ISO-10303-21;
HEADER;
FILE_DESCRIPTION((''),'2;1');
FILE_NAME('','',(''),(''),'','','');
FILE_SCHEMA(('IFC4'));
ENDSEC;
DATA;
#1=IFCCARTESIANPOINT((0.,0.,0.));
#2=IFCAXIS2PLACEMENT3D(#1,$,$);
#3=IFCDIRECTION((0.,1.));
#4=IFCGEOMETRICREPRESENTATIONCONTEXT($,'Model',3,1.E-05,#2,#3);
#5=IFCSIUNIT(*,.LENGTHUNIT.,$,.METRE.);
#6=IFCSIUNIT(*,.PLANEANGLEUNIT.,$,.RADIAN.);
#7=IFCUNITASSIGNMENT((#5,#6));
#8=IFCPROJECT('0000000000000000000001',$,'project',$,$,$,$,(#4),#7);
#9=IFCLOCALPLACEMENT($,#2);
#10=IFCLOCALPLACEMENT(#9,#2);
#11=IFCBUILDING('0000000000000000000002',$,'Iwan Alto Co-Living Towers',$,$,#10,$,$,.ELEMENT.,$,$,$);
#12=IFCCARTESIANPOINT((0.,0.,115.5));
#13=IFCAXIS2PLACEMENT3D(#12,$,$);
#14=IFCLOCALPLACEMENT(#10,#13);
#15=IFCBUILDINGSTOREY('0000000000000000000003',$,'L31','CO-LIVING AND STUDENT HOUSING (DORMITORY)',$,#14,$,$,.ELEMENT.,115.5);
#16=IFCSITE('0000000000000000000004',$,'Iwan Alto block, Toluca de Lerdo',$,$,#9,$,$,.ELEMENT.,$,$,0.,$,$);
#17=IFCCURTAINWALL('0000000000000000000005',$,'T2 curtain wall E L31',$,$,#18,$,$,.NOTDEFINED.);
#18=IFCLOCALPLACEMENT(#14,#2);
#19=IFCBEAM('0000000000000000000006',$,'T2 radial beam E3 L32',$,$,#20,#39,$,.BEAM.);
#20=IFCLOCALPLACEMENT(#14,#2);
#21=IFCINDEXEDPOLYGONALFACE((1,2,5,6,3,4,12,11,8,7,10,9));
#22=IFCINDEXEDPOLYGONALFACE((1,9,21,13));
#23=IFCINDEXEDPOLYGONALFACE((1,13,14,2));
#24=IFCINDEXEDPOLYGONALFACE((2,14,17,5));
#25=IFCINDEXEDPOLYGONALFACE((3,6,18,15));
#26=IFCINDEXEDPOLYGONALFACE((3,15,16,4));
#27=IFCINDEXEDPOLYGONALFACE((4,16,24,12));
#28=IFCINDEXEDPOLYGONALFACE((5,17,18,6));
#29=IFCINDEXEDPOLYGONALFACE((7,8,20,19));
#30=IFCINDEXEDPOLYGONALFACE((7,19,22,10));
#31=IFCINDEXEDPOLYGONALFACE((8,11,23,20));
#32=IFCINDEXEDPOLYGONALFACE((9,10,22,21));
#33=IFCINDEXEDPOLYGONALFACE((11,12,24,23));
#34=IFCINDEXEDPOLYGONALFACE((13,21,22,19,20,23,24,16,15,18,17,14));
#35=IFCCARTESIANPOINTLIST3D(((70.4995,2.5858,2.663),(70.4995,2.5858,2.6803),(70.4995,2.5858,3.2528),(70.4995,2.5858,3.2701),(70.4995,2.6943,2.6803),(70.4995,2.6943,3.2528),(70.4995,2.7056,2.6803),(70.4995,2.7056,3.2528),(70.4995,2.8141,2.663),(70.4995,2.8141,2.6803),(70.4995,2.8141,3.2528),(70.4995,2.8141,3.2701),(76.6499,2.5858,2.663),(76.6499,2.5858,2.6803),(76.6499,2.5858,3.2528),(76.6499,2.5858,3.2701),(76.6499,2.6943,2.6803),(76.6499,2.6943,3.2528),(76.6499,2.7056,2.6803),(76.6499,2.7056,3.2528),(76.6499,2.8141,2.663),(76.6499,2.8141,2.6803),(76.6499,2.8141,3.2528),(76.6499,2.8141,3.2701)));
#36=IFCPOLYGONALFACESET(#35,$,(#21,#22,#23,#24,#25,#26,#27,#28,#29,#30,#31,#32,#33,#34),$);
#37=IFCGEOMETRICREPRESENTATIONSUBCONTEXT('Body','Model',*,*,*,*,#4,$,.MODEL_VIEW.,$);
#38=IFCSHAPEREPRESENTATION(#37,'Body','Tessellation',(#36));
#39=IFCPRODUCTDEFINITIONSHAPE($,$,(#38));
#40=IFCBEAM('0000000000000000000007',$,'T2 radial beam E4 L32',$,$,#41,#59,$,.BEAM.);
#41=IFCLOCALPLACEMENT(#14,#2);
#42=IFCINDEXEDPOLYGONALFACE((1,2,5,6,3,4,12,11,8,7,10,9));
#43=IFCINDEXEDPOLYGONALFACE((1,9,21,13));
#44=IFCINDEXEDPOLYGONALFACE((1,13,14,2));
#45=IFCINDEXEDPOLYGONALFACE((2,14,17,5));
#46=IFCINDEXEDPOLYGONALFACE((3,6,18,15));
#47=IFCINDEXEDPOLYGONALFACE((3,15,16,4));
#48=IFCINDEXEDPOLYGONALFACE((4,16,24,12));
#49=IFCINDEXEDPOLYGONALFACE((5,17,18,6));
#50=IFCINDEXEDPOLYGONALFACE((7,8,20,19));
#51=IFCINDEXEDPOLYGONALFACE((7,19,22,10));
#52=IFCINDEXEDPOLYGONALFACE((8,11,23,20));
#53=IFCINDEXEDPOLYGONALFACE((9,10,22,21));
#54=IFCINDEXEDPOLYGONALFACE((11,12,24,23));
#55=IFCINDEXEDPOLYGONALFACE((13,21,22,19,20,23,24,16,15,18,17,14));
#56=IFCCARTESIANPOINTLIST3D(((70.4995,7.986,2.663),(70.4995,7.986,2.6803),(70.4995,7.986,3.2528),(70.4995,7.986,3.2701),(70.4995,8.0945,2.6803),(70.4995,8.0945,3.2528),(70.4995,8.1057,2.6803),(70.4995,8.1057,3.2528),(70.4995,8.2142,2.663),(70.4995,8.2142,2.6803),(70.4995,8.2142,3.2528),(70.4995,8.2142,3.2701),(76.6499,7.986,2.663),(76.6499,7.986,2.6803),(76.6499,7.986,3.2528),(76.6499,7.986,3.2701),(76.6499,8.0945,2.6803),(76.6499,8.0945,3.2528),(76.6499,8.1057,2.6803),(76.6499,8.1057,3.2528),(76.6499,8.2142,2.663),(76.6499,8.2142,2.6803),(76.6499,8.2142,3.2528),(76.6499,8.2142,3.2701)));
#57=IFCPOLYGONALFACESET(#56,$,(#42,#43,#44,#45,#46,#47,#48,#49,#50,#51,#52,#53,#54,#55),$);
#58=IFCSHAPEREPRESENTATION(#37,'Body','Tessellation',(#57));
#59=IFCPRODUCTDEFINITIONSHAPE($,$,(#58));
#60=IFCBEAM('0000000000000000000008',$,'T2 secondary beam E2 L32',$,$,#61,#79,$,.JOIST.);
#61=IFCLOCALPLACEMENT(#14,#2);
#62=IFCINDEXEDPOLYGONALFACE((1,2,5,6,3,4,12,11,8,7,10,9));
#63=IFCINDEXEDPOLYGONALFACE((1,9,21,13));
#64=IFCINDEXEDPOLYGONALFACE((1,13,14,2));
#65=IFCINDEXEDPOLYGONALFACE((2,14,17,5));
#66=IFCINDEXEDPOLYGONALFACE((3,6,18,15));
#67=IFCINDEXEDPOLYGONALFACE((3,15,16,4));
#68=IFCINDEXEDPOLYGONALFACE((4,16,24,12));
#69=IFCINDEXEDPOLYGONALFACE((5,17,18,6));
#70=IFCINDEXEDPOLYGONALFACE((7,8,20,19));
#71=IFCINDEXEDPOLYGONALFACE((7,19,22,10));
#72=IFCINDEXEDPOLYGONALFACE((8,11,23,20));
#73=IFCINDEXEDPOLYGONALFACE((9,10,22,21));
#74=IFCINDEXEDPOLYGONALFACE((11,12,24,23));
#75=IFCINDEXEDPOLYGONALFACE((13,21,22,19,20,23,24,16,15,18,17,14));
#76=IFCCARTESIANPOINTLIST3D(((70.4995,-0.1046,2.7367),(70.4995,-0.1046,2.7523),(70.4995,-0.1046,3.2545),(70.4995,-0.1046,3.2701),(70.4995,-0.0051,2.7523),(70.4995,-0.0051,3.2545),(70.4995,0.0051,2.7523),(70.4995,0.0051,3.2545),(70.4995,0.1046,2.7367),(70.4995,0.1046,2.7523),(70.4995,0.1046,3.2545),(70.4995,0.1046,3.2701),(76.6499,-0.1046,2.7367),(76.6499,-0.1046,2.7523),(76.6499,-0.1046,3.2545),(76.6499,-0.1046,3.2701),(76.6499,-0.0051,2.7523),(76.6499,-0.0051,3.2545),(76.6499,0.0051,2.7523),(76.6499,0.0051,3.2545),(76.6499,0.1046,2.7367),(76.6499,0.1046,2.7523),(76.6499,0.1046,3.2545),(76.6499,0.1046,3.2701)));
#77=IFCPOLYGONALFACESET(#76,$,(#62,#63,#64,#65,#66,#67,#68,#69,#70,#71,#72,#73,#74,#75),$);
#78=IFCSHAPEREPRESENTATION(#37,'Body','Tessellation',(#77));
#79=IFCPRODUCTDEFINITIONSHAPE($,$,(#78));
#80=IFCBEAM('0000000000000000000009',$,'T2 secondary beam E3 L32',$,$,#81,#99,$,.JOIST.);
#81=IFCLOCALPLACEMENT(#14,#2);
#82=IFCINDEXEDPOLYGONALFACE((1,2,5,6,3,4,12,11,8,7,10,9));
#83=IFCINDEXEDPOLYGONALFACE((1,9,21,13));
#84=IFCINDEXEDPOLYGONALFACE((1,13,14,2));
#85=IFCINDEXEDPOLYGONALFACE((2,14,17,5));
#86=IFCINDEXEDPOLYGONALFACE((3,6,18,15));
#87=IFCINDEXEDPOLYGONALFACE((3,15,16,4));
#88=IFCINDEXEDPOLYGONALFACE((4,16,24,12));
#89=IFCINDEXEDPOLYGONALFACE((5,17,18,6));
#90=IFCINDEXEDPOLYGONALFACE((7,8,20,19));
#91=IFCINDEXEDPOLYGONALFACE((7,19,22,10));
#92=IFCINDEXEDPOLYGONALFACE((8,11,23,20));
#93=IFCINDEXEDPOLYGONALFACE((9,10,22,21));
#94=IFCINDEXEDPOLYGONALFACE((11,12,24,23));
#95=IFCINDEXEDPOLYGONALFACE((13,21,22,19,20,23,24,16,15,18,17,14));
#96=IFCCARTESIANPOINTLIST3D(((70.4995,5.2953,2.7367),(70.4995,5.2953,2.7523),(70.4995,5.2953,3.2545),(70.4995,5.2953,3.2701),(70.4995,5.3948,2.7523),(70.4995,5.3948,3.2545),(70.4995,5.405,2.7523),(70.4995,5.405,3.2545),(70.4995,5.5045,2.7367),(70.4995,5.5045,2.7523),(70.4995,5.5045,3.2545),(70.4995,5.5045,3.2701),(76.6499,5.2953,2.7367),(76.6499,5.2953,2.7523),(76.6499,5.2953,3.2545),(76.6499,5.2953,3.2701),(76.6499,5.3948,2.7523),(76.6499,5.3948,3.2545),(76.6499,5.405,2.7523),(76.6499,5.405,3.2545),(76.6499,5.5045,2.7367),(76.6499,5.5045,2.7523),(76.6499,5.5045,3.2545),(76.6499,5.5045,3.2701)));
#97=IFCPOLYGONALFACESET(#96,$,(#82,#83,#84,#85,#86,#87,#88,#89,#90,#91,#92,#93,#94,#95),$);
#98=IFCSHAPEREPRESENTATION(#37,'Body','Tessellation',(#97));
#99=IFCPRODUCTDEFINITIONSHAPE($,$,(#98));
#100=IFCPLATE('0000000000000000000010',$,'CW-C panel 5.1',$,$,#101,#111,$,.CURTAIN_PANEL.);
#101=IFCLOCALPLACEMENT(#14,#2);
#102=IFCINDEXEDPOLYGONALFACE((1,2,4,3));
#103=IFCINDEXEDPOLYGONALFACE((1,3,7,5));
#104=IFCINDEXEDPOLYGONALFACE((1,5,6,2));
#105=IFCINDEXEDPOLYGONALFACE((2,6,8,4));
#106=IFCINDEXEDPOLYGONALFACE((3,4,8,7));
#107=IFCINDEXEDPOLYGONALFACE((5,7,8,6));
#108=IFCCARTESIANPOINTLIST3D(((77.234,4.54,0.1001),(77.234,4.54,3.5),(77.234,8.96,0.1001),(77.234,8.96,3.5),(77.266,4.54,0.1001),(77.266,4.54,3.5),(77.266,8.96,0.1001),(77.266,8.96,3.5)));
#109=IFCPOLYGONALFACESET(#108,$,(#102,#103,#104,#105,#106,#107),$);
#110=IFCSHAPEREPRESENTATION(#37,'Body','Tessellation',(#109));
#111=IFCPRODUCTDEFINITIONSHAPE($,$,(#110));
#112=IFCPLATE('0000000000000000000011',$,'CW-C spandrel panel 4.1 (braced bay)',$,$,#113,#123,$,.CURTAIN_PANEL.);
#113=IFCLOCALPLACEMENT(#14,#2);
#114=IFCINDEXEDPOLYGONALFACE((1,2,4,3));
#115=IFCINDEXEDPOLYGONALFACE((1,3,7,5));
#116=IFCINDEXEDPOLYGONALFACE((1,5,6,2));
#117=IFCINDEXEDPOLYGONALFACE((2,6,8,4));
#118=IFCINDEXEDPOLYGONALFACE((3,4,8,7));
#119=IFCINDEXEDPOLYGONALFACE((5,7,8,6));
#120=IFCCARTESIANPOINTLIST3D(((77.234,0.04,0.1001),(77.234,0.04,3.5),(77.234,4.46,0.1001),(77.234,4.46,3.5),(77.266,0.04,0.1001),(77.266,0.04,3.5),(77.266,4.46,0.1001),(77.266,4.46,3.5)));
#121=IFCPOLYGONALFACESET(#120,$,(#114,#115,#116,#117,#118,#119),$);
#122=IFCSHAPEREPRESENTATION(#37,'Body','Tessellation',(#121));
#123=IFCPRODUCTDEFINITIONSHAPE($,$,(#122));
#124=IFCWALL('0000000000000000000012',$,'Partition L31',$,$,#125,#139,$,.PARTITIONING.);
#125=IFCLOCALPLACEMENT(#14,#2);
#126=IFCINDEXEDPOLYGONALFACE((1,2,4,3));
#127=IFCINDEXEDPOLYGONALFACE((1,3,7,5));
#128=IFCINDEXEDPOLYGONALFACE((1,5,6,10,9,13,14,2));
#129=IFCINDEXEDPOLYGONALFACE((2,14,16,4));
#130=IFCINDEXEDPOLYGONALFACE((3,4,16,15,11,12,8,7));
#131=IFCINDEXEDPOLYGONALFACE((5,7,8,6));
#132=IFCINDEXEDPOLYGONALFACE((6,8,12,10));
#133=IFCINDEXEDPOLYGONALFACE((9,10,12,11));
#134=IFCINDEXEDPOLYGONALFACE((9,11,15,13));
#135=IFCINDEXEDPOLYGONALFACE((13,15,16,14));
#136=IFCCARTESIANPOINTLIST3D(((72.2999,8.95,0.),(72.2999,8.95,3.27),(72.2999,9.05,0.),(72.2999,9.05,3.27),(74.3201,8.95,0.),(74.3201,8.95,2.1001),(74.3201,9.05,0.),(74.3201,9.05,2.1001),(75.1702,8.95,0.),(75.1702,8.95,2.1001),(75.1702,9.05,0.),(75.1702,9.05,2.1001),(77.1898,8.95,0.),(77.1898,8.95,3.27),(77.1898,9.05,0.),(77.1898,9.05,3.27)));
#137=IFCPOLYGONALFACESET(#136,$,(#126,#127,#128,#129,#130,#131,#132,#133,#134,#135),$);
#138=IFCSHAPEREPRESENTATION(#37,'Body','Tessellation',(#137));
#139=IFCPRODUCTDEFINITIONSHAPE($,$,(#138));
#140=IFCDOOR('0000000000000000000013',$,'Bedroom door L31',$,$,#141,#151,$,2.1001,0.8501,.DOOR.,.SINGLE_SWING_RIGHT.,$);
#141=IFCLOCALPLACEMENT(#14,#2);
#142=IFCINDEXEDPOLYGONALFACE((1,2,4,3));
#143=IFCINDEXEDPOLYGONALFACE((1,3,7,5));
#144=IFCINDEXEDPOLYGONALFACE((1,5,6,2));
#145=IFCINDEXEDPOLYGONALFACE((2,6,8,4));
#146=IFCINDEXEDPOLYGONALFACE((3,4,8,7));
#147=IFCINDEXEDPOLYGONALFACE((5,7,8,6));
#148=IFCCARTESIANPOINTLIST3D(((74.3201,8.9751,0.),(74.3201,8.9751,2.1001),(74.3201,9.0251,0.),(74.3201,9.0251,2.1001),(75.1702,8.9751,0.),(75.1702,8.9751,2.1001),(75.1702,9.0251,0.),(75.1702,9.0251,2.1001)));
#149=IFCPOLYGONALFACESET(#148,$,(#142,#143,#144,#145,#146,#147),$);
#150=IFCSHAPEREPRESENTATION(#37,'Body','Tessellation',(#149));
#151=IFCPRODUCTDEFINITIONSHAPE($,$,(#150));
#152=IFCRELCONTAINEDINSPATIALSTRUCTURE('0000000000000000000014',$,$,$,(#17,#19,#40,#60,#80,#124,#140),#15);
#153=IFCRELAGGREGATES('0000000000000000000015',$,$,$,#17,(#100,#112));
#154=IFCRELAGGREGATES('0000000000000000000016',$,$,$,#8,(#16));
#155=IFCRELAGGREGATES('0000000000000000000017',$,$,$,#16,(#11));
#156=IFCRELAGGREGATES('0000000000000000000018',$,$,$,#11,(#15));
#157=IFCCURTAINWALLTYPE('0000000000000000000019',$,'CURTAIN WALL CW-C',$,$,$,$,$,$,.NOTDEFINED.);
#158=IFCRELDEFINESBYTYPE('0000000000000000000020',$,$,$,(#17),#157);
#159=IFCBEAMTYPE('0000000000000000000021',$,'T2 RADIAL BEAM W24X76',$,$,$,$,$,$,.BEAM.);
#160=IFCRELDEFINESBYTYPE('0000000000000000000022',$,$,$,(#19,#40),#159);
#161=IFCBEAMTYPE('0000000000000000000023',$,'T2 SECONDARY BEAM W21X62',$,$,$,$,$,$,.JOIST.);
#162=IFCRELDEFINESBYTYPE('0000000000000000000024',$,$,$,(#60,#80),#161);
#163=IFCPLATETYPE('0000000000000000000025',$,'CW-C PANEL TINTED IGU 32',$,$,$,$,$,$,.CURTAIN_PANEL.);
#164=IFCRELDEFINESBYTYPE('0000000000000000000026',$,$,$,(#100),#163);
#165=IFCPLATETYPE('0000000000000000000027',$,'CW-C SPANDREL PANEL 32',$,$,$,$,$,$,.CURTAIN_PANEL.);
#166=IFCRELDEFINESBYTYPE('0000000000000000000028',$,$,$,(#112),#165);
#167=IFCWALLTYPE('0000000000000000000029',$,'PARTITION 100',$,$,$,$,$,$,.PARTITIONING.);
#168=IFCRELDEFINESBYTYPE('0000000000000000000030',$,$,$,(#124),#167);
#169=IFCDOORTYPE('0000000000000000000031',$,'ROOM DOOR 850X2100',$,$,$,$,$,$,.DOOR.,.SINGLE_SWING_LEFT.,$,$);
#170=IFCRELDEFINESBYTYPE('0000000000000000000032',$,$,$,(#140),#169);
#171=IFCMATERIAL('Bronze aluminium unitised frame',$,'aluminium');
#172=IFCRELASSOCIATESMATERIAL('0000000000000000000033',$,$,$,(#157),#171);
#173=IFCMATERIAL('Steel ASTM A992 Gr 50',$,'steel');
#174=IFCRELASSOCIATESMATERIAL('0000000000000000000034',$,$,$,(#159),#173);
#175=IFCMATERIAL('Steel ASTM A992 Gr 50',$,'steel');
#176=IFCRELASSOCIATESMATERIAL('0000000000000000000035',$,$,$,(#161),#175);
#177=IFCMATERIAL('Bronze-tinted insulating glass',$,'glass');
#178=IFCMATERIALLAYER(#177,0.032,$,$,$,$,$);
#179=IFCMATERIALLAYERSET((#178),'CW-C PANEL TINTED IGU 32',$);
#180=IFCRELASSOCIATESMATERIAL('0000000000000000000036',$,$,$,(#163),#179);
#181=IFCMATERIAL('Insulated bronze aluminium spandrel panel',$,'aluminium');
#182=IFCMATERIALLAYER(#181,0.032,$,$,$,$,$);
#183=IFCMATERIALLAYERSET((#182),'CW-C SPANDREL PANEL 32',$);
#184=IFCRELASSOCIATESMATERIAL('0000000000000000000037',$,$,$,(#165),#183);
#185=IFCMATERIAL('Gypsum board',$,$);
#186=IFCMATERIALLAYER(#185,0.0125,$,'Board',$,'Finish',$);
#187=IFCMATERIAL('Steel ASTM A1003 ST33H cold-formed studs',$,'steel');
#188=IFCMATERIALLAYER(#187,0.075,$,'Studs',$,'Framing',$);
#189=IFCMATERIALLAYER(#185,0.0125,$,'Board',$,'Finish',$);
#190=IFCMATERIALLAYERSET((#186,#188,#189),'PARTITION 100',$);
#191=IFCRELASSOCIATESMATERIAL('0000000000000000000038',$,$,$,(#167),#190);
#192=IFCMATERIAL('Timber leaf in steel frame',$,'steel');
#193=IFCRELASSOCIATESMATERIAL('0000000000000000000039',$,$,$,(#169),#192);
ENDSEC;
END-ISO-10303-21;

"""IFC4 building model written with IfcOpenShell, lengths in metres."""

from ifc_helpers import new_model, si_unit, direction, frame, frame_2d, origin, origin_2d, place, context, subcontext, project, spatial, rectangle, i_section, extrude, material, layer, layer_set, material_profile, profile_set, type_object, element, fill, aggregate, save


model = new_model("IFC4")

# Units and contexts
model_context = context("Model", 3, precision=1e-05, world=origin(), true_north=direction((0.0, 1.0)))
body_context = subcontext(model_context, "Body", "Model", "MODEL_VIEW")
ifc_project = project(units=[si_unit("LENGTHUNIT", "METRE"), si_unit("PLANEANGLEUNIT", "RADIAN")], contexts=[model_context])

# Site, building, storey
site_placement = place(None, origin())
site = spatial("IfcSite", under=ifc_project, at=site_placement, Name="Iwan Alto block, Toluca de Lerdo", CompositionType="ELEMENT", RefElevation=0.0)
building_placement = place(site_placement, origin())
building = spatial("IfcBuilding", under=site, at=building_placement, Name="Iwan Alto Co-Living Towers", CompositionType="ELEMENT")
storey_placement = place(building_placement, frame((0.0, 0.0, 115.5)))
storey = spatial("IfcBuildingStorey", under=building, at=storey_placement, Name="L31", Description="CO-LIVING AND STUDENT HOUSING (DORMITORY)", CompositionType="ELEMENT", Elevation=115.5)

# Curtain wall
ifc_material_1 = material(Name="Bronze aluminium unitised frame", Category="aluminium")
curtain_wall_type = type_object("IfcCurtainWallType", Name="CURTAIN WALL CW-C", PredefinedType="NOTDEFINED", material=ifc_material_1)
curtain_wall_placement = place(storey_placement, origin())
curtain_wall = element("IfcCurtainWall", 1, at=curtain_wall_placement, inside=storey, type_object=curtain_wall_type, Name="T2 curtain wall E L31", PredefinedType="NOTDEFINED")

# Beams
ifc_material_2 = material(Name="Steel ASTM A992 Gr 50", Category="steel")
ifc_material_profile_1 = material_profile(ifc_material_2, i_section(OverallWidth=0.2283, OverallDepth=0.6072, WebThickness=0.0112, FlangeThickness=0.0173, at=origin_2d()), Name="W24X76")
ifc_profile_set_1 = profile_set([ifc_material_profile_1], Name="Steel ASTM A992 Gr 50")
beam_type_1 = type_object("IfcBeamType", Name="T2 RADIAL BEAM W24X76", PredefinedType="BEAM", material=ifc_profile_set_1)
for number, where, z_axis, x_axis, name in (
    (2, (76.6499, 2.7, 2.9666), (-1.0, 0.0, 0.0), (0.0, -1.0, 0.0), "T2 radial beam E3 L32"),
    (3, (76.6499, 8.1001, 2.9666), (-1.0, 0.0, 0.0), (0.0, -1.0, 0.0), "T2 radial beam E4 L32"),
):
    element("IfcBeam", number, at=place(storey_placement, frame(where, z_axis=z_axis, x_axis=x_axis)), inside=storey, type_object=beam_type_1, Name=name, PredefinedType="BEAM", context=body_context, shape_type="SweptSolid", body=[
        extrude(i_section(OverallWidth=0.2283, OverallDepth=0.6072, WebThickness=0.0112, FlangeThickness=0.0173, at=origin_2d()), origin(), (0.0, 0.0, 1.0), 6.1504),
    ])
ifc_material_3 = material(Name="Steel ASTM A992 Gr 50", Category="steel")
ifc_material_profile_2 = material_profile(ifc_material_3, i_section(OverallWidth=0.2092, OverallDepth=0.5334, WebThickness=0.0103, FlangeThickness=0.0156, at=origin_2d()), Name="W21X62")
ifc_profile_set_2 = profile_set([ifc_material_profile_2], Name="Steel ASTM A992 Gr 50")
beam_type_2 = type_object("IfcBeamType", Name="T2 SECONDARY BEAM W21X62", PredefinedType="JOIST", material=ifc_profile_set_2)
for number, where, z_axis, x_axis, name in (
    (4, (76.6499, 0.0, 3.0034), (-1.0, 0.0, 0.0), (0.0, -1.0, 0.0), "T2 secondary beam E2 L32"),
    (5, (76.6499, 5.3999, 3.0034), (-1.0, 0.0, 0.0), (0.0, -1.0, 0.0), "T2 secondary beam E3 L32"),
):
    element("IfcBeam", number, at=place(storey_placement, frame(where, z_axis=z_axis, x_axis=x_axis)), inside=storey, type_object=beam_type_2, Name=name, PredefinedType="JOIST", context=body_context, shape_type="SweptSolid", body=[
        extrude(i_section(OverallWidth=0.2092, OverallDepth=0.5334, WebThickness=0.0103, FlangeThickness=0.0156, at=origin_2d()), origin(), (0.0, 0.0, 1.0), 6.1504),
    ])

# Plates
ifc_material_4 = material(Name="Bronze-tinted insulating glass", Category="glass")
ifc_layer_1 = layer(ifc_material_4, 0.032)
ifc_layer_set_1 = layer_set([ifc_layer_1], Name="CW-C PANEL TINTED IGU 32")
plate_type_1 = type_object("IfcPlateType", Name="CW-C PANEL TINTED IGU 32", PredefinedType="CURTAIN_PANEL", material=ifc_layer_set_1)
plate_1_placement = place(storey_placement, frame((77.25, 6.75, 0.1001), z_axis=(0.0, 0.0, 1.0), x_axis=(0.0, 1.0, 0.0)))
plate_1 = element("IfcPlate", 6, at=plate_1_placement, type_object=plate_type_1, Name="CW-C panel 5.1", PredefinedType="CURTAIN_PANEL", context=body_context, shape_type="SweptSolid", body=[
    extrude(rectangle(XDim=4.4199, YDim=0.032, at=origin_2d()), origin(), (0.0, 0.0, 1.0), 3.3999),
])
ifc_material_5 = material(Name="Insulated bronze aluminium spandrel panel", Category="aluminium")
ifc_layer_2 = layer(ifc_material_5, 0.032)
ifc_layer_set_2 = layer_set([ifc_layer_2], Name="CW-C SPANDREL PANEL 32")
plate_type_2 = type_object("IfcPlateType", Name="CW-C SPANDREL PANEL 32", PredefinedType="CURTAIN_PANEL", material=ifc_layer_set_2)
plate_2_placement = place(storey_placement, frame((77.25, 2.25, 0.1001), z_axis=(0.0, 0.0, 1.0), x_axis=(0.0, 1.0, 0.0)))
plate_2 = element("IfcPlate", 7, at=plate_2_placement, type_object=plate_type_2, Name="CW-C spandrel panel 4.1 (braced bay)", PredefinedType="CURTAIN_PANEL", context=body_context, shape_type="SweptSolid", body=[
    extrude(rectangle(XDim=4.4199, YDim=0.032, at=origin_2d()), origin(), (0.0, 0.0, 1.0), 3.3999),
])
aggregate(curtain_wall, [plate_1, plate_2])

# Wall, opening, door
ifc_material_6 = material(Name="Gypsum board")
ifc_layer_3 = layer(ifc_material_6, 0.0125, Name="Board", Category="Finish")
ifc_material_7 = material(Name="Steel ASTM A1003 ST33H cold-formed studs", Category="steel")
ifc_layer_4 = layer(ifc_material_7, 0.075, Name="Studs", Category="Framing")
ifc_layer_5 = layer(ifc_material_6, 0.0125, Name="Board", Category="Finish")
ifc_layer_set_3 = layer_set([ifc_layer_3, ifc_layer_4, ifc_layer_5], Name="PARTITION 100")
wall_type_1 = type_object("IfcWallType", Name="PARTITION 100", PredefinedType="PARTITIONING", material=ifc_layer_set_3)
wall_1_placement = place(storey_placement, frame((72.3, 9.0, 0.0), z_axis=(0.0, 0.0, 1.0), x_axis=(1.0, 0.0, 0.0)))
wall_1 = element("IfcWall", 8, at=wall_1_placement, inside=storey, type_object=wall_type_1, Name="Partition L31", PredefinedType="PARTITIONING", context=body_context, shape_type="SweptSolid", body=[
    extrude(rectangle(XDim=4.8899, YDim=0.1001, at=frame_2d((2.4448, 0.0))), origin(), (0.0, 0.0, 1.0), 3.27),
])
opening_1_placement = place(wall_1_placement, frame((2.02, 0.0, 0.0)))
opening_1 = element("IfcOpeningElement", 9, at=opening_1_placement, cuts=wall_1, PredefinedType="OPENING", context=body_context, shape_type="SweptSolid", body=[
    extrude(rectangle(XDim=0.8501, YDim=2.1001, at=frame_2d((0.425, 1.05))), frame((0.0, 0.0601, 0.0), z_axis=(0.0, -1.0, 0.0), x_axis=(1.0, 0.0, 0.0)), (0.0, 0.0, 1.0), 0.1201),
])
ifc_material_8 = material(Name="Timber leaf in steel frame", Category="steel")
door_type = type_object("IfcDoorType", Name="ROOM DOOR 850X2100", OperationType="SINGLE_SWING_LEFT", PredefinedType="DOOR", material=ifc_material_8)
door_1_placement = place(opening_1_placement, frame((0.8501, 0.0, 0.0), z_axis=(0.0, 0.0, 1.0), x_axis=(-1.0, 0.0, 0.0)))
door_1 = element("IfcDoor", 10, at=door_1_placement, inside=storey, type_object=door_type, Name="Bedroom door L31", OperationType="SINGLE_SWING_RIGHT", OverallHeight=2.1001, OverallWidth=0.8501, PredefinedType="DOOR", context=body_context, shape_type="SweptSolid", body=[
    extrude(rectangle(XDim=0.8501, YDim=2.1001, at=frame_2d((0.425, 1.05))), frame((0.0, 0.0249, 0.0), z_axis=(0.0, -1.0, 0.0), x_axis=(1.0, 0.0, 0.0)), (0.0, 0.0, 1.0), 0.05),
])
fill(opening_1, door_1)

save(model, "model.ifc")
